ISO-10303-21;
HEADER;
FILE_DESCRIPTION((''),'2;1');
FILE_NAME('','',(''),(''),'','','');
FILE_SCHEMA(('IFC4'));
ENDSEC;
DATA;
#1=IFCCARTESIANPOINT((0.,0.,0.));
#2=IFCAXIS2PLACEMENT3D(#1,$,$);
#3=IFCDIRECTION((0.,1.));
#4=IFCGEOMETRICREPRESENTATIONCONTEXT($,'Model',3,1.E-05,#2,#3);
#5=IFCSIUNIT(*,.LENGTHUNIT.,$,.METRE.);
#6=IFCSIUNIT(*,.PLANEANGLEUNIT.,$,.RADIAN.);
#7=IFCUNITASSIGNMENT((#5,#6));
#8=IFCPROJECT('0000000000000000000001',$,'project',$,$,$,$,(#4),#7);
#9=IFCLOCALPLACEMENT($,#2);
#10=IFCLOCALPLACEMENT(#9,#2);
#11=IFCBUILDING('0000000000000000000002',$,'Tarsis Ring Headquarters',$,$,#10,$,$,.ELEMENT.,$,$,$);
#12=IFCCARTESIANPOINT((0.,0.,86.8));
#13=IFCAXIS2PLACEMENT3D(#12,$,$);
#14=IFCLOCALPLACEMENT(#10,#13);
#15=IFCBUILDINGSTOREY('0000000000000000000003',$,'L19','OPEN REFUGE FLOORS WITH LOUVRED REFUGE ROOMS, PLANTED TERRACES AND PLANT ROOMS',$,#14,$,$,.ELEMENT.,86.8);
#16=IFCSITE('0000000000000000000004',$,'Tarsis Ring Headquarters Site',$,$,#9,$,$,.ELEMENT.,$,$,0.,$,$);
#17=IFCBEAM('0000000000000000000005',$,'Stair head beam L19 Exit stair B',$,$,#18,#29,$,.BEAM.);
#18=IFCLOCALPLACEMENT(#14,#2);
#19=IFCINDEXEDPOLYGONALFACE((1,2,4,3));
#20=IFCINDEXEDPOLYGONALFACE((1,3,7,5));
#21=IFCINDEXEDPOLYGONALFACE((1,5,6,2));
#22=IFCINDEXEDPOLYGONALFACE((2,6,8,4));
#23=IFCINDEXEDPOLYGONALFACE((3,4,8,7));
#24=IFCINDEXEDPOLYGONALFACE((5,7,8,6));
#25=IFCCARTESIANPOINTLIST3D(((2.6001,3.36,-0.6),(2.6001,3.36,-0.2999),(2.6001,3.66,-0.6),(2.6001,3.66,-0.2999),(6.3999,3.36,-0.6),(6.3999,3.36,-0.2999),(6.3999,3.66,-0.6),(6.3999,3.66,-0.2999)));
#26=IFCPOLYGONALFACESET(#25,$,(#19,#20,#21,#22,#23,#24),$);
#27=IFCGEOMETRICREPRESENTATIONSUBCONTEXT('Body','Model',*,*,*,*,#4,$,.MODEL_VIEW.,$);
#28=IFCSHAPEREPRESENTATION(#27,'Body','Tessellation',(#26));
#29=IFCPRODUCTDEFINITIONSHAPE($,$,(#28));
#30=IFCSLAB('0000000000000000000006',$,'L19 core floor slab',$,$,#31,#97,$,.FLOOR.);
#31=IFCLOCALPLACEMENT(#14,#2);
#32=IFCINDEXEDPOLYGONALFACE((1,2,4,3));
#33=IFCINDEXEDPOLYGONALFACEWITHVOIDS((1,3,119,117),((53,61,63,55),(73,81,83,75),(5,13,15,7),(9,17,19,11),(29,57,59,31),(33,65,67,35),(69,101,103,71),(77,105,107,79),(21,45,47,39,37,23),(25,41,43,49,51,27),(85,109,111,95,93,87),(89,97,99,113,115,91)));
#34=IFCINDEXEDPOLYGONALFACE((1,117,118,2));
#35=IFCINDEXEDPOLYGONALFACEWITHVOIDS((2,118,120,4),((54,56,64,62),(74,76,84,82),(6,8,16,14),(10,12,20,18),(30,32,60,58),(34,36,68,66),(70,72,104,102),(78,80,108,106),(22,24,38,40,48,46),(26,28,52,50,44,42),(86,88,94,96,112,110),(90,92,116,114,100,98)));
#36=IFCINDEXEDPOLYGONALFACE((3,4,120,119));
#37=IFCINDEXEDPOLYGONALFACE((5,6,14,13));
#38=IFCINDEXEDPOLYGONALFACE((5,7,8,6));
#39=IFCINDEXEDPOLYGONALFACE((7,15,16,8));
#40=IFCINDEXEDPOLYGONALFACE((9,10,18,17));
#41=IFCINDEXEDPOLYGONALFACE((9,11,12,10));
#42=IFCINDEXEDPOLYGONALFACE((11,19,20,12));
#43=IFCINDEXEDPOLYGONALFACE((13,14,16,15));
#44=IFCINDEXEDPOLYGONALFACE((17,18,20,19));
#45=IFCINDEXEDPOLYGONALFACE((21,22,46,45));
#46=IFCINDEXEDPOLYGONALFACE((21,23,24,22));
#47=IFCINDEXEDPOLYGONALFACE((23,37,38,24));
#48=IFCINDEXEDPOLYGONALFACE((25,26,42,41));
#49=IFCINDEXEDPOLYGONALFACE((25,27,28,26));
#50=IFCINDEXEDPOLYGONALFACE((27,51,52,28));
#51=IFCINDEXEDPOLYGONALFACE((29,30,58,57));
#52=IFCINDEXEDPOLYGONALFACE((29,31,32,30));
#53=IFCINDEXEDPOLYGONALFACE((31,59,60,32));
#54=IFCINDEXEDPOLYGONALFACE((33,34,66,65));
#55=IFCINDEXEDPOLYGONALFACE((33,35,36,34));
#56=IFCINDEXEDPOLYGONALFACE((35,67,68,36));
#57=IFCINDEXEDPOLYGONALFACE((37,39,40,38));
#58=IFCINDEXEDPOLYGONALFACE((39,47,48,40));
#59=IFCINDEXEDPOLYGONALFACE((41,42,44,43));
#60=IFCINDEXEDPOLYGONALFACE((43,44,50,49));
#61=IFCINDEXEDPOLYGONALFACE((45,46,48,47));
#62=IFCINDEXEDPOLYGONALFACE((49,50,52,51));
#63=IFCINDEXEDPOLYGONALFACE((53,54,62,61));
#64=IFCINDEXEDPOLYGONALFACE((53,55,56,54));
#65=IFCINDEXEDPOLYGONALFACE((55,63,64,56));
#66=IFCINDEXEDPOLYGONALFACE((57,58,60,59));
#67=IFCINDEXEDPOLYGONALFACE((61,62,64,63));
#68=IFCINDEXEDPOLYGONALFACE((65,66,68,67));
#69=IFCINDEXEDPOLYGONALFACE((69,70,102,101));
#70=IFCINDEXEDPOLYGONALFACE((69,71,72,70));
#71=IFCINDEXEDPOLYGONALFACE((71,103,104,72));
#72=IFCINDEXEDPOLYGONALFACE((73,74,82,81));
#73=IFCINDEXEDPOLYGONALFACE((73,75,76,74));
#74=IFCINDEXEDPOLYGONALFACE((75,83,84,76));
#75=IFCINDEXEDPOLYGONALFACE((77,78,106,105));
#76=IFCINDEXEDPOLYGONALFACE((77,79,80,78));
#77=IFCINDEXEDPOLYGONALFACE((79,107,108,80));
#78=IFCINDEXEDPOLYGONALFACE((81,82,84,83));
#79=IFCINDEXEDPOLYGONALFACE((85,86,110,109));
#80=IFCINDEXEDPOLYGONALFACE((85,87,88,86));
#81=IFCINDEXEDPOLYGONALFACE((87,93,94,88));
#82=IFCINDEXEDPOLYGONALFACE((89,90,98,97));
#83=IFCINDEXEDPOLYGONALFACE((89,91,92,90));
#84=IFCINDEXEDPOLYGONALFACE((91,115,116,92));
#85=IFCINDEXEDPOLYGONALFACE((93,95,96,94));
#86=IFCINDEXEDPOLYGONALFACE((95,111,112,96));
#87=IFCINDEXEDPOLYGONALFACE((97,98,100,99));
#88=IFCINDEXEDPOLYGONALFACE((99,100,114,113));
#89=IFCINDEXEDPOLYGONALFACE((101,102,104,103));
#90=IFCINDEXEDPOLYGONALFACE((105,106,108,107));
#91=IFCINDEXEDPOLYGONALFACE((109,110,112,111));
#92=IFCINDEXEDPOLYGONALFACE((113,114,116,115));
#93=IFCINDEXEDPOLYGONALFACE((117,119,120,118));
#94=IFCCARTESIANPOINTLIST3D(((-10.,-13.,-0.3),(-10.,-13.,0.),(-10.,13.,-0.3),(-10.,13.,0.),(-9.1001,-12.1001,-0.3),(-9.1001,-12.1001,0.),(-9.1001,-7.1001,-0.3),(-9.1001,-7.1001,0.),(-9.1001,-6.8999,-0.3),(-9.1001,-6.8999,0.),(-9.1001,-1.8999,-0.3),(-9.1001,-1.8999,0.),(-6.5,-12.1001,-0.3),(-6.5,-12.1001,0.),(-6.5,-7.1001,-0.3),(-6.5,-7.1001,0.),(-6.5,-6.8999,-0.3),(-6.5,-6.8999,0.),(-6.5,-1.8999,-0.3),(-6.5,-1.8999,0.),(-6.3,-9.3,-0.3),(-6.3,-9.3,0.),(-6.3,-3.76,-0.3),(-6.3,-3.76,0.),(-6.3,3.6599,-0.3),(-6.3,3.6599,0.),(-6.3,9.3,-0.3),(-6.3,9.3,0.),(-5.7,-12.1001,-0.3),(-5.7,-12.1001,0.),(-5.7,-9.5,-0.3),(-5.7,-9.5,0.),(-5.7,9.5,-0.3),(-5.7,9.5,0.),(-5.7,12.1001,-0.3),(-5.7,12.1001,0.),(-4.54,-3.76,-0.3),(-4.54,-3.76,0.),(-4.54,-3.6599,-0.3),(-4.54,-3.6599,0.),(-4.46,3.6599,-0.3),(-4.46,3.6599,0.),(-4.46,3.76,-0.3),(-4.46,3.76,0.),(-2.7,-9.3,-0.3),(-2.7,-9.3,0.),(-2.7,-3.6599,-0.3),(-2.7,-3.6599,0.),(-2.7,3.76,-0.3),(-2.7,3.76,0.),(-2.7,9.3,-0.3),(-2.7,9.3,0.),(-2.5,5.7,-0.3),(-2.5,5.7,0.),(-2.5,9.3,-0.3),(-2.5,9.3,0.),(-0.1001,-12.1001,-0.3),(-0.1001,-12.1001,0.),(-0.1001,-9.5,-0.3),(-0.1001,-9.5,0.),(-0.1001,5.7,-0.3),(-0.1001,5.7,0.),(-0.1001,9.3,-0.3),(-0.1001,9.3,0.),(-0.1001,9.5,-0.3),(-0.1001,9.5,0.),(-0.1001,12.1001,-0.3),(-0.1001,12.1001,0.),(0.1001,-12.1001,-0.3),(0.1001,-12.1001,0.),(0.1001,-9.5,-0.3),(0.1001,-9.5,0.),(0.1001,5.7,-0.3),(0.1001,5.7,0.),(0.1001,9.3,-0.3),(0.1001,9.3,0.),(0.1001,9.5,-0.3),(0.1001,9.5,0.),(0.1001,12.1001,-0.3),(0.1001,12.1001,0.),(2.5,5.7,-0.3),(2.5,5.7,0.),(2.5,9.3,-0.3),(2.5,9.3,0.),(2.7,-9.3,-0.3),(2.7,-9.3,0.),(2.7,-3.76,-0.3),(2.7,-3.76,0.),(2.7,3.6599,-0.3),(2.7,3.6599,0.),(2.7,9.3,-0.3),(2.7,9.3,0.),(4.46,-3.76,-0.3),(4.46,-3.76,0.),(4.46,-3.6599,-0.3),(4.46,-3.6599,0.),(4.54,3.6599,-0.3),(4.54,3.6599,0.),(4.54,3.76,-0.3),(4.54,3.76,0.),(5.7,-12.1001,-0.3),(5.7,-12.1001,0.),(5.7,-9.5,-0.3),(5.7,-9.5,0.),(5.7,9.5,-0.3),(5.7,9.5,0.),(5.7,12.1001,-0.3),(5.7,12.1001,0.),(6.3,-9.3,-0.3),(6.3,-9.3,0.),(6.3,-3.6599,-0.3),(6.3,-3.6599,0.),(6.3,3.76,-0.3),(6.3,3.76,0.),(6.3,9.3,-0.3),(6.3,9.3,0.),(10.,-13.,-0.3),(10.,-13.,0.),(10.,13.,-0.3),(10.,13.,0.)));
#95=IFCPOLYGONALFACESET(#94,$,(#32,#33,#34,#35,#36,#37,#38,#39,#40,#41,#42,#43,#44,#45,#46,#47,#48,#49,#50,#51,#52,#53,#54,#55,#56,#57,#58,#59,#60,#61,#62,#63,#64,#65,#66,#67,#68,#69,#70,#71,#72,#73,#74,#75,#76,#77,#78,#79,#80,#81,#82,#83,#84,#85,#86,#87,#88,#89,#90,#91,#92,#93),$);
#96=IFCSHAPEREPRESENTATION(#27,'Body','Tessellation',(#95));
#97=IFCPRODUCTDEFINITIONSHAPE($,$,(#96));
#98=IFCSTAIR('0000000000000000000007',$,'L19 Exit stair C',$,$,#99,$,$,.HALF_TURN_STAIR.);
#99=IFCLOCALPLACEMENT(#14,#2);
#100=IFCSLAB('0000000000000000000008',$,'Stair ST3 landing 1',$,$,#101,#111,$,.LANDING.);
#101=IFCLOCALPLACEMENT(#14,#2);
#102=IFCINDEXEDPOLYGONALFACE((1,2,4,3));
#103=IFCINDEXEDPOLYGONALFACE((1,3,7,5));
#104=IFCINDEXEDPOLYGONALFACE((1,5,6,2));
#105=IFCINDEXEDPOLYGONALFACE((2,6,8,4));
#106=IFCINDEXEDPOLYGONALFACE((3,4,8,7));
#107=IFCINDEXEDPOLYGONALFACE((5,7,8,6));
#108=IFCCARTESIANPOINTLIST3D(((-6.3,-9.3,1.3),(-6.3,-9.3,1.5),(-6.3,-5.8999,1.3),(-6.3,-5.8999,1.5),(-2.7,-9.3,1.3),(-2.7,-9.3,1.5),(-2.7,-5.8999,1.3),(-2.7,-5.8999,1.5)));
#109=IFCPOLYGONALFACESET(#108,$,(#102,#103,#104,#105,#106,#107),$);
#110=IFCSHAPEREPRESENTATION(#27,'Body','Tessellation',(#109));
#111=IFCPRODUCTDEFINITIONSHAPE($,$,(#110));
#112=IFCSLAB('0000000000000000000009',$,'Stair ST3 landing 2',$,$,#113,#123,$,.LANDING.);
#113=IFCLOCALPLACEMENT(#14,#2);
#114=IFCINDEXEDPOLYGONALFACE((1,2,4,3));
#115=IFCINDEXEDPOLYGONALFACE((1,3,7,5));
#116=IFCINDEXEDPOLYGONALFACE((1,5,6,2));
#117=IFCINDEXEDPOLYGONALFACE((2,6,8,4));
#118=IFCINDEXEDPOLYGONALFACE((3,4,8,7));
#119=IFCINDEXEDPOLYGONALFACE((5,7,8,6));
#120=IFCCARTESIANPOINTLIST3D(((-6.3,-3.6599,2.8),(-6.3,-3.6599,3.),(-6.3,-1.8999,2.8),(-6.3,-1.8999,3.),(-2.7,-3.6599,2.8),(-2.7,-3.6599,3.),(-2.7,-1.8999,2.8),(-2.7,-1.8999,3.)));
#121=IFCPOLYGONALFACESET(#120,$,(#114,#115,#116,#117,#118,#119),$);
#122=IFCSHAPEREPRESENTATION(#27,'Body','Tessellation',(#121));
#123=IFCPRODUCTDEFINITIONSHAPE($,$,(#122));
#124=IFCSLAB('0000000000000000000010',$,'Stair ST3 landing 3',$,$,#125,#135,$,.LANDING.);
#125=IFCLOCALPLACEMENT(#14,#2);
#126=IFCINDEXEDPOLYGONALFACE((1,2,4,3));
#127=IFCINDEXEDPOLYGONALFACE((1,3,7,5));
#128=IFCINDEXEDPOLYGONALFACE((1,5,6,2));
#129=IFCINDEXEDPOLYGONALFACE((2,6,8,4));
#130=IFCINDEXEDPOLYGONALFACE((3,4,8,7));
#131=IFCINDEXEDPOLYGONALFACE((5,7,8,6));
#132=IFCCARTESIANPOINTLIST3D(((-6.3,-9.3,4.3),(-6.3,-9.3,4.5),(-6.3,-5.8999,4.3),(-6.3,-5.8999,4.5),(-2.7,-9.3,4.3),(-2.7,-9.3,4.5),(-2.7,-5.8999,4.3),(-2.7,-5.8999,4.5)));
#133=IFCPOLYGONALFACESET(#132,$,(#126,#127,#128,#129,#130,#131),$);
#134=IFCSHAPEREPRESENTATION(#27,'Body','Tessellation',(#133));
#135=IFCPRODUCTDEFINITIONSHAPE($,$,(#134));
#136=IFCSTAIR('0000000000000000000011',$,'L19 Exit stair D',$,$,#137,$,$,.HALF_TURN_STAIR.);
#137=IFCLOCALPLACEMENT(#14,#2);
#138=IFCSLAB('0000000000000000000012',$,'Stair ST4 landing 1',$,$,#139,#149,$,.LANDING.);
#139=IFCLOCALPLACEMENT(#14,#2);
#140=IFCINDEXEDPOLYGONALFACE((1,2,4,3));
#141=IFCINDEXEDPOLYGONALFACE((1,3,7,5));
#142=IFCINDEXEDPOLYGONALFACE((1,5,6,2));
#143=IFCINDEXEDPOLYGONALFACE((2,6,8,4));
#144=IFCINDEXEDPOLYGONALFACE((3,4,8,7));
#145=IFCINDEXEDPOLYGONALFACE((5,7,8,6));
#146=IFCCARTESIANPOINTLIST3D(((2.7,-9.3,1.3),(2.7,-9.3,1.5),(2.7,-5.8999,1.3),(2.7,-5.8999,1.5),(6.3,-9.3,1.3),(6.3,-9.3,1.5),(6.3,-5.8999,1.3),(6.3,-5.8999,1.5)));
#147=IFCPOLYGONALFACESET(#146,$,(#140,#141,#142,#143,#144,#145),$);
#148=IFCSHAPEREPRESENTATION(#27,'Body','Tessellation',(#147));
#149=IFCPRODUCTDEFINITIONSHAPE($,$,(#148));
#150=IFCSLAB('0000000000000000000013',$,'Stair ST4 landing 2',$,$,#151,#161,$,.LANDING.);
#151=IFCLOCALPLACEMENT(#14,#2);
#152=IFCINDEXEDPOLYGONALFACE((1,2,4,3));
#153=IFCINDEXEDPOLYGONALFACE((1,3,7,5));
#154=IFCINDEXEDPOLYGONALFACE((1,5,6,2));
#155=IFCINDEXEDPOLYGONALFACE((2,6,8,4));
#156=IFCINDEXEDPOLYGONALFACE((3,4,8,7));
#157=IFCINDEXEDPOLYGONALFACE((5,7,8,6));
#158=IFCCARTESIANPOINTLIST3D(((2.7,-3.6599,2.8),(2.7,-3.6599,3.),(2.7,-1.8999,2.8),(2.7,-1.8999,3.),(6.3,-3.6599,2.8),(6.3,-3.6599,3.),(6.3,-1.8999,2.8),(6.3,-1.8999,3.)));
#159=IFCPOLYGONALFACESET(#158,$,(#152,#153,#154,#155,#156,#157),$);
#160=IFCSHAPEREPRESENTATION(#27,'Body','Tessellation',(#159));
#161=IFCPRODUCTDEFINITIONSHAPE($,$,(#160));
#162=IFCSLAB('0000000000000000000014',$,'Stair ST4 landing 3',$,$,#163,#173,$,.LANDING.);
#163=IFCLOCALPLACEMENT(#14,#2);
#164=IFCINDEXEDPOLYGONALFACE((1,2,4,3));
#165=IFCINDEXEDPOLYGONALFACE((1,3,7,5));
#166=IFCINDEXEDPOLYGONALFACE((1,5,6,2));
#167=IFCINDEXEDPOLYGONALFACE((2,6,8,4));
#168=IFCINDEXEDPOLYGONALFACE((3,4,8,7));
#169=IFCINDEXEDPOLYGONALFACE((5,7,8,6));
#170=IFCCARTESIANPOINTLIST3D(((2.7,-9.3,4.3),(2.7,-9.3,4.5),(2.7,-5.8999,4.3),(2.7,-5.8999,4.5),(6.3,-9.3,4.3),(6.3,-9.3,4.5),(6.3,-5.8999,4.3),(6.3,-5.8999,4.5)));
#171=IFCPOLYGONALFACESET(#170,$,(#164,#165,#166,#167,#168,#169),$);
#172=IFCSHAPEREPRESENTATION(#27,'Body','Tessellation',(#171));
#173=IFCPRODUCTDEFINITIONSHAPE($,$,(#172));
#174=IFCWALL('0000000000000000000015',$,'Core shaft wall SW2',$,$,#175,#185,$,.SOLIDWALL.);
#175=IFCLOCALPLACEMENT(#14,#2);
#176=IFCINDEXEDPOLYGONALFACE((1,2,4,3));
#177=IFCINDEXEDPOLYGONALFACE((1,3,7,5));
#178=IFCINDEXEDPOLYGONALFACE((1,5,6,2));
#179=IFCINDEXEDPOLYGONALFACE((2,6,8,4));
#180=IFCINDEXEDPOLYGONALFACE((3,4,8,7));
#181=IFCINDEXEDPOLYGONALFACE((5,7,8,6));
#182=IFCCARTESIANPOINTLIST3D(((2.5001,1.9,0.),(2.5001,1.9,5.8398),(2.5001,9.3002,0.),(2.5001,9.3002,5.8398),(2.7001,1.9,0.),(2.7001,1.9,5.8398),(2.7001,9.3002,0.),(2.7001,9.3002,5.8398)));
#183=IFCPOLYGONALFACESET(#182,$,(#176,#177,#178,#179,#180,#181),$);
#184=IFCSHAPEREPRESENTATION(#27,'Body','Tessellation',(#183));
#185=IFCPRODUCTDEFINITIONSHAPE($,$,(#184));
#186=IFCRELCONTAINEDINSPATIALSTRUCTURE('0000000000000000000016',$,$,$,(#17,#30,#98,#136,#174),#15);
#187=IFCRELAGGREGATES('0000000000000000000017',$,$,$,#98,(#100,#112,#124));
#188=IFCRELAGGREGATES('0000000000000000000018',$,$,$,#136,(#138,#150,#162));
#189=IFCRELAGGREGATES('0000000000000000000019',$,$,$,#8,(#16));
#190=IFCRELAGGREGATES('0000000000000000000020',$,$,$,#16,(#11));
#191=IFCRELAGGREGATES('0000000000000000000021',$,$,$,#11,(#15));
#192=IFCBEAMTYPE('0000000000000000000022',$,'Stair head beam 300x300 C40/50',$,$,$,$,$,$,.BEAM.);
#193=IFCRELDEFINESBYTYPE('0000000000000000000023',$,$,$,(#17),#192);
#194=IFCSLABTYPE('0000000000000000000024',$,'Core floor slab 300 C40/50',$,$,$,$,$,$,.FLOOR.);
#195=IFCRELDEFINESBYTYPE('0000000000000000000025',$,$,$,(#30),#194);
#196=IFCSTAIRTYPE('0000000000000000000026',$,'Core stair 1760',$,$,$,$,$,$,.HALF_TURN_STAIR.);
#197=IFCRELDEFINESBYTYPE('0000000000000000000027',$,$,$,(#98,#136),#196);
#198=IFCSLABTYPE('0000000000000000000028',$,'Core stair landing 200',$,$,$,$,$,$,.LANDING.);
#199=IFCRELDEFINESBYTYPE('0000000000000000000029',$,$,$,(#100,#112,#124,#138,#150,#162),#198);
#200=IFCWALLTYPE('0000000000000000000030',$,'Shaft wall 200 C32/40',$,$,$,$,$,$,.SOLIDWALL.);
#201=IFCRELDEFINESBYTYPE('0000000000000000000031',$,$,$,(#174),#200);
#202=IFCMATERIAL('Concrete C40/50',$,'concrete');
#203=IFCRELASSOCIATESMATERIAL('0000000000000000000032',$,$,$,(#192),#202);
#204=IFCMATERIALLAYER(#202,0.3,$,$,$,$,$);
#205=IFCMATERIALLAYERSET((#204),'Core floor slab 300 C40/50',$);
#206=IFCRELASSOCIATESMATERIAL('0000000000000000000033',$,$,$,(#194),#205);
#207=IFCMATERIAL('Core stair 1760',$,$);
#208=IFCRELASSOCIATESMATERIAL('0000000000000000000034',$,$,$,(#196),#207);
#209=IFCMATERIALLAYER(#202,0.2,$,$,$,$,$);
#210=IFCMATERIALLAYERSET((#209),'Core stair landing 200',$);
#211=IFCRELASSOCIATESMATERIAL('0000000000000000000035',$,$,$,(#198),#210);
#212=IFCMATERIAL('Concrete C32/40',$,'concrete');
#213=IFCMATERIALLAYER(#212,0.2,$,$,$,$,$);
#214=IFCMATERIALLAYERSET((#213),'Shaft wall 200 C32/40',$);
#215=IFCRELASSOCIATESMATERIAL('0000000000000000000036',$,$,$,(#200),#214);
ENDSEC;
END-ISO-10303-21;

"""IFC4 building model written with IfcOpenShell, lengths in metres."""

from ifc_helpers import new_model, si_unit, direction, frame, frame_2d, origin, origin_2d, place, context, subcontext, project, spatial, polyline, rectangle, outline, extrude, material, layer, layer_set, material_profile, profile_set, type_object, element, aggregate, save


model = new_model("IFC4")

# Units and contexts
model_context = context("Model", 3, precision=1e-05, world=origin(), true_north=direction((0.0, 1.0)))
body_context = subcontext(model_context, "Body", "Model", "MODEL_VIEW")
ifc_project = project(units=[si_unit("LENGTHUNIT", "METRE"), si_unit("PLANEANGLEUNIT", "RADIAN")], contexts=[model_context])

# Site, building, storey
site_placement = place(None, origin())
site = spatial("IfcSite", under=ifc_project, at=site_placement, Name="Tarsis Ring Headquarters Site", CompositionType="ELEMENT", RefElevation=0.0)
building_placement = place(site_placement, origin())
building = spatial("IfcBuilding", under=site, at=building_placement, Name="Tarsis Ring Headquarters", CompositionType="ELEMENT")
storey_placement = place(building_placement, frame((0.0, 0.0, 86.8)))
storey = spatial("IfcBuildingStorey", under=building, at=storey_placement, Name="L19", Description="OPEN REFUGE FLOORS WITH LOUVRED REFUGE ROOMS, PLANTED TERRACES AND PLANT ROOMS", CompositionType="ELEMENT", Elevation=86.8)

# Beam
ifc_material_1 = material(Name="Concrete C40/50", Category="concrete")
ifc_material_profile = material_profile(ifc_material_1, rectangle(XDim=0.3, YDim=0.3, at=origin_2d()), Name="Stair head beam 300x300 C40/50")
ifc_profile_set = profile_set([ifc_material_profile], Name="Concrete C40/50")
beam_type = type_object("IfcBeamType", Name="Stair head beam 300x300 C40/50", PredefinedType="BEAM", material=ifc_profile_set)
beam_placement = place(storey_placement, frame((2.6001, 3.51, -0.45), z_axis=(1.0, 0.0, 0.0), x_axis=(0.0, 1.0, 0.0)))
element("IfcBeam", 1, at=beam_placement, inside=storey, type_object=beam_type, Name="Stair head beam L19 Exit stair B", PredefinedType="BEAM", context=body_context, shape_type="SweptSolid", body=[
    extrude(rectangle(XDim=0.3, YDim=0.3, at=origin_2d()), origin(), (0.0, 0.0, 1.0), 3.7998),
])

# Slab
ifc_layer_1 = layer(ifc_material_1, 0.3)
ifc_layer_set_1 = layer_set([ifc_layer_1], Name="Core floor slab 300 C40/50")
slab_type_1 = type_object("IfcSlabType", Name="Core floor slab 300 C40/50", PredefinedType="FLOOR", material=ifc_layer_set_1)
slab_1_placement = place(storey_placement, frame((0.0, 0.0, -0.3)))
element("IfcSlab", 2, at=slab_1_placement, inside=storey, type_object=slab_type_1, Name="L19 core floor slab", PredefinedType="FLOOR", context=body_context, shape_type="SweptSolid", body=[
    extrude(outline(polyline([(-10.0, -13.0), (10.0, -13.0), (10.0, 13.0), (-10.0, 13.0), (-10.0, -13.0)]), holes=[polyline([(-2.5, 5.7), (-0.1001, 5.7), (-0.1001, 9.3), (-2.5, 9.3), (-2.5, 5.7)]), polyline([(0.1001, 5.7), (2.5, 5.7), (2.5, 9.3), (0.1001, 9.3), (0.1001, 5.7)]), polyline([(-9.1001, -12.1001), (-6.5, -12.1001), (-6.5, -7.1001), (-9.1001, -7.1001), (-9.1001, -12.1001)]), polyline([(-9.1001, -6.8999), (-6.5, -6.8999), (-6.5, -1.8999), (-9.1001, -1.8999), (-9.1001, -6.8999)]), polyline([(-5.7, 9.5), (-0.1001, 9.5), (-0.1001, 12.1001), (-5.7, 12.1001), (-5.7, 9.5)]), polyline([(0.1001, 9.5), (5.7, 9.5), (5.7, 12.1001), (0.1001, 12.1001), (0.1001, 9.5)]), polyline([(-5.7, -12.1001), (-0.1001, -12.1001), (-0.1001, -9.5), (-5.7, -9.5), (-5.7, -12.1001)]), polyline([(0.1001, -12.1001), (5.7, -12.1001), (5.7, -9.5), (0.1001, -9.5), (0.1001, -12.1001)]), polyline([(-2.7, 3.76), (-2.7, 9.3), (-6.3, 9.3), (-6.3, 3.6599), (-4.46, 3.6599), (-4.46, 3.76), (-2.7, 3.76)]), polyline([(6.3, 3.76), (6.3, 9.3), (2.7, 9.3), (2.7, 3.6599), (4.54, 3.6599), (4.54, 3.76), (6.3, 3.76)]), polyline([(-6.3, -3.76), (-6.3, -9.3), (-2.7, -9.3), (-2.7, -3.6599), (-4.54, -3.6599), (-4.54, -3.76), (-6.3, -3.76)]), polyline([(2.7, -3.76), (2.7, -9.3), (6.3, -9.3), (6.3, -3.6599), (4.46, -3.6599), (4.46, -3.76), (2.7, -3.76)])]), origin(), (0.0, 0.0, 1.0), 0.3),
])

# Stairs, slabs
ifc_material_2 = material(Name="Core stair 1760")
stair_type = type_object("IfcStairType", Name="Core stair 1760", PredefinedType="HALF_TURN_STAIR", material=ifc_material_2)
stair_1_placement = place(storey_placement, origin())
stair_1 = element("IfcStair", 3, at=stair_1_placement, inside=storey, type_object=stair_type, Name="L19 Exit stair C", PredefinedType="HALF_TURN_STAIR")
ifc_layer_2 = layer(ifc_material_1, 0.2)
ifc_layer_set_2 = layer_set([ifc_layer_2], Name="Core stair landing 200")
slab_type_2 = type_object("IfcSlabType", Name="Core stair landing 200", PredefinedType="LANDING", material=ifc_layer_set_2)
slab_2_placement = place(storey_placement, frame((0.0, 0.0, 1.3)))
slab_2 = element("IfcSlab", 4, at=slab_2_placement, type_object=slab_type_2, Name="Stair ST3 landing 1", PredefinedType="LANDING", context=body_context, shape_type="SweptSolid", body=[
    extrude(outline(polyline([(-6.3, -5.8999), (-6.3, -9.3), (-2.7, -9.3), (-2.7, -5.8999), (-6.3, -5.8999)])), origin(), (0.0, 0.0, 1.0), 0.2),
])
slab_3_placement = place(storey_placement, frame((0.0, 0.0, 2.8)))
slab_3 = element("IfcSlab", 5, at=slab_3_placement, type_object=slab_type_2, Name="Stair ST3 landing 2", PredefinedType="LANDING", context=body_context, shape_type="SweptSolid", body=[
    extrude(outline(polyline([(-6.3, -1.8999), (-6.3, -3.6599), (-2.7, -3.6599), (-2.7, -1.8999), (-6.3, -1.8999)])), origin(), (0.0, 0.0, 1.0), 0.2),
])
slab_4_placement = place(storey_placement, frame((0.0, 0.0, 4.3)))
slab_4 = element("IfcSlab", 6, at=slab_4_placement, type_object=slab_type_2, Name="Stair ST3 landing 3", PredefinedType="LANDING", context=body_context, shape_type="SweptSolid", body=[
    extrude(outline(polyline([(-6.3, -5.8999), (-6.3, -9.3), (-2.7, -9.3), (-2.7, -5.8999), (-6.3, -5.8999)])), origin(), (0.0, 0.0, 1.0), 0.2),
])
aggregate(stair_1, [slab_2, slab_3, slab_4])
stair_2_placement = place(storey_placement, origin())
stair_2 = element("IfcStair", 7, at=stair_2_placement, inside=storey, type_object=stair_type, Name="L19 Exit stair D", PredefinedType="HALF_TURN_STAIR")
slab_5_placement = place(storey_placement, frame((0.0, 0.0, 1.3)))
slab_5 = element("IfcSlab", 8, at=slab_5_placement, type_object=slab_type_2, Name="Stair ST4 landing 1", PredefinedType="LANDING", context=body_context, shape_type="SweptSolid", body=[
    extrude(outline(polyline([(2.7, -5.8999), (2.7, -9.3), (6.3, -9.3), (6.3, -5.8999), (2.7, -5.8999)])), origin(), (0.0, 0.0, 1.0), 0.2),
])
slab_6_placement = place(storey_placement, frame((0.0, 0.0, 2.8)))
slab_6 = element("IfcSlab", 9, at=slab_6_placement, type_object=slab_type_2, Name="Stair ST4 landing 2", PredefinedType="LANDING", context=body_context, shape_type="SweptSolid", body=[
    extrude(outline(polyline([(2.7, -1.8999), (2.7, -3.6599), (6.3, -3.6599), (6.3, -1.8999), (2.7, -1.8999)])), origin(), (0.0, 0.0, 1.0), 0.2),
])
slab_7_placement = place(storey_placement, frame((0.0, 0.0, 4.3)))
slab_7 = element("IfcSlab", 10, at=slab_7_placement, type_object=slab_type_2, Name="Stair ST4 landing 3", PredefinedType="LANDING", context=body_context, shape_type="SweptSolid", body=[
    extrude(outline(polyline([(2.7, -5.8999), (2.7, -9.3), (6.3, -9.3), (6.3, -5.8999), (2.7, -5.8999)])), origin(), (0.0, 0.0, 1.0), 0.2),
])
aggregate(stair_2, [slab_5, slab_6, slab_7])

# Wall
ifc_material_3 = material(Name="Concrete C32/40", Category="concrete")
ifc_layer_3 = layer(ifc_material_3, 0.2)
ifc_layer_set_3 = layer_set([ifc_layer_3], Name="Shaft wall 200 C32/40")
wall_type = type_object("IfcWallType", Name="Shaft wall 200 C32/40", PredefinedType="SOLIDWALL", material=ifc_layer_set_3)
wall_1_placement = place(storey_placement, frame((2.6001, 1.8999, 0.0), z_axis=(0.0, 0.0, 1.0), x_axis=(0.0, 1.0, 0.0)))
element("IfcWall", 11, at=wall_1_placement, inside=storey, type_object=wall_type, Name="Core shaft wall SW2", PredefinedType="SOLIDWALL", context=body_context, shape_type="SweptSolid", body=[
    extrude(rectangle(XDim=7.4001, YDim=0.2, at=frame_2d((3.7002, 0.0))), origin(), (0.0, 0.0, 1.0), 5.8398),
])

save(model, "model.ifc")
